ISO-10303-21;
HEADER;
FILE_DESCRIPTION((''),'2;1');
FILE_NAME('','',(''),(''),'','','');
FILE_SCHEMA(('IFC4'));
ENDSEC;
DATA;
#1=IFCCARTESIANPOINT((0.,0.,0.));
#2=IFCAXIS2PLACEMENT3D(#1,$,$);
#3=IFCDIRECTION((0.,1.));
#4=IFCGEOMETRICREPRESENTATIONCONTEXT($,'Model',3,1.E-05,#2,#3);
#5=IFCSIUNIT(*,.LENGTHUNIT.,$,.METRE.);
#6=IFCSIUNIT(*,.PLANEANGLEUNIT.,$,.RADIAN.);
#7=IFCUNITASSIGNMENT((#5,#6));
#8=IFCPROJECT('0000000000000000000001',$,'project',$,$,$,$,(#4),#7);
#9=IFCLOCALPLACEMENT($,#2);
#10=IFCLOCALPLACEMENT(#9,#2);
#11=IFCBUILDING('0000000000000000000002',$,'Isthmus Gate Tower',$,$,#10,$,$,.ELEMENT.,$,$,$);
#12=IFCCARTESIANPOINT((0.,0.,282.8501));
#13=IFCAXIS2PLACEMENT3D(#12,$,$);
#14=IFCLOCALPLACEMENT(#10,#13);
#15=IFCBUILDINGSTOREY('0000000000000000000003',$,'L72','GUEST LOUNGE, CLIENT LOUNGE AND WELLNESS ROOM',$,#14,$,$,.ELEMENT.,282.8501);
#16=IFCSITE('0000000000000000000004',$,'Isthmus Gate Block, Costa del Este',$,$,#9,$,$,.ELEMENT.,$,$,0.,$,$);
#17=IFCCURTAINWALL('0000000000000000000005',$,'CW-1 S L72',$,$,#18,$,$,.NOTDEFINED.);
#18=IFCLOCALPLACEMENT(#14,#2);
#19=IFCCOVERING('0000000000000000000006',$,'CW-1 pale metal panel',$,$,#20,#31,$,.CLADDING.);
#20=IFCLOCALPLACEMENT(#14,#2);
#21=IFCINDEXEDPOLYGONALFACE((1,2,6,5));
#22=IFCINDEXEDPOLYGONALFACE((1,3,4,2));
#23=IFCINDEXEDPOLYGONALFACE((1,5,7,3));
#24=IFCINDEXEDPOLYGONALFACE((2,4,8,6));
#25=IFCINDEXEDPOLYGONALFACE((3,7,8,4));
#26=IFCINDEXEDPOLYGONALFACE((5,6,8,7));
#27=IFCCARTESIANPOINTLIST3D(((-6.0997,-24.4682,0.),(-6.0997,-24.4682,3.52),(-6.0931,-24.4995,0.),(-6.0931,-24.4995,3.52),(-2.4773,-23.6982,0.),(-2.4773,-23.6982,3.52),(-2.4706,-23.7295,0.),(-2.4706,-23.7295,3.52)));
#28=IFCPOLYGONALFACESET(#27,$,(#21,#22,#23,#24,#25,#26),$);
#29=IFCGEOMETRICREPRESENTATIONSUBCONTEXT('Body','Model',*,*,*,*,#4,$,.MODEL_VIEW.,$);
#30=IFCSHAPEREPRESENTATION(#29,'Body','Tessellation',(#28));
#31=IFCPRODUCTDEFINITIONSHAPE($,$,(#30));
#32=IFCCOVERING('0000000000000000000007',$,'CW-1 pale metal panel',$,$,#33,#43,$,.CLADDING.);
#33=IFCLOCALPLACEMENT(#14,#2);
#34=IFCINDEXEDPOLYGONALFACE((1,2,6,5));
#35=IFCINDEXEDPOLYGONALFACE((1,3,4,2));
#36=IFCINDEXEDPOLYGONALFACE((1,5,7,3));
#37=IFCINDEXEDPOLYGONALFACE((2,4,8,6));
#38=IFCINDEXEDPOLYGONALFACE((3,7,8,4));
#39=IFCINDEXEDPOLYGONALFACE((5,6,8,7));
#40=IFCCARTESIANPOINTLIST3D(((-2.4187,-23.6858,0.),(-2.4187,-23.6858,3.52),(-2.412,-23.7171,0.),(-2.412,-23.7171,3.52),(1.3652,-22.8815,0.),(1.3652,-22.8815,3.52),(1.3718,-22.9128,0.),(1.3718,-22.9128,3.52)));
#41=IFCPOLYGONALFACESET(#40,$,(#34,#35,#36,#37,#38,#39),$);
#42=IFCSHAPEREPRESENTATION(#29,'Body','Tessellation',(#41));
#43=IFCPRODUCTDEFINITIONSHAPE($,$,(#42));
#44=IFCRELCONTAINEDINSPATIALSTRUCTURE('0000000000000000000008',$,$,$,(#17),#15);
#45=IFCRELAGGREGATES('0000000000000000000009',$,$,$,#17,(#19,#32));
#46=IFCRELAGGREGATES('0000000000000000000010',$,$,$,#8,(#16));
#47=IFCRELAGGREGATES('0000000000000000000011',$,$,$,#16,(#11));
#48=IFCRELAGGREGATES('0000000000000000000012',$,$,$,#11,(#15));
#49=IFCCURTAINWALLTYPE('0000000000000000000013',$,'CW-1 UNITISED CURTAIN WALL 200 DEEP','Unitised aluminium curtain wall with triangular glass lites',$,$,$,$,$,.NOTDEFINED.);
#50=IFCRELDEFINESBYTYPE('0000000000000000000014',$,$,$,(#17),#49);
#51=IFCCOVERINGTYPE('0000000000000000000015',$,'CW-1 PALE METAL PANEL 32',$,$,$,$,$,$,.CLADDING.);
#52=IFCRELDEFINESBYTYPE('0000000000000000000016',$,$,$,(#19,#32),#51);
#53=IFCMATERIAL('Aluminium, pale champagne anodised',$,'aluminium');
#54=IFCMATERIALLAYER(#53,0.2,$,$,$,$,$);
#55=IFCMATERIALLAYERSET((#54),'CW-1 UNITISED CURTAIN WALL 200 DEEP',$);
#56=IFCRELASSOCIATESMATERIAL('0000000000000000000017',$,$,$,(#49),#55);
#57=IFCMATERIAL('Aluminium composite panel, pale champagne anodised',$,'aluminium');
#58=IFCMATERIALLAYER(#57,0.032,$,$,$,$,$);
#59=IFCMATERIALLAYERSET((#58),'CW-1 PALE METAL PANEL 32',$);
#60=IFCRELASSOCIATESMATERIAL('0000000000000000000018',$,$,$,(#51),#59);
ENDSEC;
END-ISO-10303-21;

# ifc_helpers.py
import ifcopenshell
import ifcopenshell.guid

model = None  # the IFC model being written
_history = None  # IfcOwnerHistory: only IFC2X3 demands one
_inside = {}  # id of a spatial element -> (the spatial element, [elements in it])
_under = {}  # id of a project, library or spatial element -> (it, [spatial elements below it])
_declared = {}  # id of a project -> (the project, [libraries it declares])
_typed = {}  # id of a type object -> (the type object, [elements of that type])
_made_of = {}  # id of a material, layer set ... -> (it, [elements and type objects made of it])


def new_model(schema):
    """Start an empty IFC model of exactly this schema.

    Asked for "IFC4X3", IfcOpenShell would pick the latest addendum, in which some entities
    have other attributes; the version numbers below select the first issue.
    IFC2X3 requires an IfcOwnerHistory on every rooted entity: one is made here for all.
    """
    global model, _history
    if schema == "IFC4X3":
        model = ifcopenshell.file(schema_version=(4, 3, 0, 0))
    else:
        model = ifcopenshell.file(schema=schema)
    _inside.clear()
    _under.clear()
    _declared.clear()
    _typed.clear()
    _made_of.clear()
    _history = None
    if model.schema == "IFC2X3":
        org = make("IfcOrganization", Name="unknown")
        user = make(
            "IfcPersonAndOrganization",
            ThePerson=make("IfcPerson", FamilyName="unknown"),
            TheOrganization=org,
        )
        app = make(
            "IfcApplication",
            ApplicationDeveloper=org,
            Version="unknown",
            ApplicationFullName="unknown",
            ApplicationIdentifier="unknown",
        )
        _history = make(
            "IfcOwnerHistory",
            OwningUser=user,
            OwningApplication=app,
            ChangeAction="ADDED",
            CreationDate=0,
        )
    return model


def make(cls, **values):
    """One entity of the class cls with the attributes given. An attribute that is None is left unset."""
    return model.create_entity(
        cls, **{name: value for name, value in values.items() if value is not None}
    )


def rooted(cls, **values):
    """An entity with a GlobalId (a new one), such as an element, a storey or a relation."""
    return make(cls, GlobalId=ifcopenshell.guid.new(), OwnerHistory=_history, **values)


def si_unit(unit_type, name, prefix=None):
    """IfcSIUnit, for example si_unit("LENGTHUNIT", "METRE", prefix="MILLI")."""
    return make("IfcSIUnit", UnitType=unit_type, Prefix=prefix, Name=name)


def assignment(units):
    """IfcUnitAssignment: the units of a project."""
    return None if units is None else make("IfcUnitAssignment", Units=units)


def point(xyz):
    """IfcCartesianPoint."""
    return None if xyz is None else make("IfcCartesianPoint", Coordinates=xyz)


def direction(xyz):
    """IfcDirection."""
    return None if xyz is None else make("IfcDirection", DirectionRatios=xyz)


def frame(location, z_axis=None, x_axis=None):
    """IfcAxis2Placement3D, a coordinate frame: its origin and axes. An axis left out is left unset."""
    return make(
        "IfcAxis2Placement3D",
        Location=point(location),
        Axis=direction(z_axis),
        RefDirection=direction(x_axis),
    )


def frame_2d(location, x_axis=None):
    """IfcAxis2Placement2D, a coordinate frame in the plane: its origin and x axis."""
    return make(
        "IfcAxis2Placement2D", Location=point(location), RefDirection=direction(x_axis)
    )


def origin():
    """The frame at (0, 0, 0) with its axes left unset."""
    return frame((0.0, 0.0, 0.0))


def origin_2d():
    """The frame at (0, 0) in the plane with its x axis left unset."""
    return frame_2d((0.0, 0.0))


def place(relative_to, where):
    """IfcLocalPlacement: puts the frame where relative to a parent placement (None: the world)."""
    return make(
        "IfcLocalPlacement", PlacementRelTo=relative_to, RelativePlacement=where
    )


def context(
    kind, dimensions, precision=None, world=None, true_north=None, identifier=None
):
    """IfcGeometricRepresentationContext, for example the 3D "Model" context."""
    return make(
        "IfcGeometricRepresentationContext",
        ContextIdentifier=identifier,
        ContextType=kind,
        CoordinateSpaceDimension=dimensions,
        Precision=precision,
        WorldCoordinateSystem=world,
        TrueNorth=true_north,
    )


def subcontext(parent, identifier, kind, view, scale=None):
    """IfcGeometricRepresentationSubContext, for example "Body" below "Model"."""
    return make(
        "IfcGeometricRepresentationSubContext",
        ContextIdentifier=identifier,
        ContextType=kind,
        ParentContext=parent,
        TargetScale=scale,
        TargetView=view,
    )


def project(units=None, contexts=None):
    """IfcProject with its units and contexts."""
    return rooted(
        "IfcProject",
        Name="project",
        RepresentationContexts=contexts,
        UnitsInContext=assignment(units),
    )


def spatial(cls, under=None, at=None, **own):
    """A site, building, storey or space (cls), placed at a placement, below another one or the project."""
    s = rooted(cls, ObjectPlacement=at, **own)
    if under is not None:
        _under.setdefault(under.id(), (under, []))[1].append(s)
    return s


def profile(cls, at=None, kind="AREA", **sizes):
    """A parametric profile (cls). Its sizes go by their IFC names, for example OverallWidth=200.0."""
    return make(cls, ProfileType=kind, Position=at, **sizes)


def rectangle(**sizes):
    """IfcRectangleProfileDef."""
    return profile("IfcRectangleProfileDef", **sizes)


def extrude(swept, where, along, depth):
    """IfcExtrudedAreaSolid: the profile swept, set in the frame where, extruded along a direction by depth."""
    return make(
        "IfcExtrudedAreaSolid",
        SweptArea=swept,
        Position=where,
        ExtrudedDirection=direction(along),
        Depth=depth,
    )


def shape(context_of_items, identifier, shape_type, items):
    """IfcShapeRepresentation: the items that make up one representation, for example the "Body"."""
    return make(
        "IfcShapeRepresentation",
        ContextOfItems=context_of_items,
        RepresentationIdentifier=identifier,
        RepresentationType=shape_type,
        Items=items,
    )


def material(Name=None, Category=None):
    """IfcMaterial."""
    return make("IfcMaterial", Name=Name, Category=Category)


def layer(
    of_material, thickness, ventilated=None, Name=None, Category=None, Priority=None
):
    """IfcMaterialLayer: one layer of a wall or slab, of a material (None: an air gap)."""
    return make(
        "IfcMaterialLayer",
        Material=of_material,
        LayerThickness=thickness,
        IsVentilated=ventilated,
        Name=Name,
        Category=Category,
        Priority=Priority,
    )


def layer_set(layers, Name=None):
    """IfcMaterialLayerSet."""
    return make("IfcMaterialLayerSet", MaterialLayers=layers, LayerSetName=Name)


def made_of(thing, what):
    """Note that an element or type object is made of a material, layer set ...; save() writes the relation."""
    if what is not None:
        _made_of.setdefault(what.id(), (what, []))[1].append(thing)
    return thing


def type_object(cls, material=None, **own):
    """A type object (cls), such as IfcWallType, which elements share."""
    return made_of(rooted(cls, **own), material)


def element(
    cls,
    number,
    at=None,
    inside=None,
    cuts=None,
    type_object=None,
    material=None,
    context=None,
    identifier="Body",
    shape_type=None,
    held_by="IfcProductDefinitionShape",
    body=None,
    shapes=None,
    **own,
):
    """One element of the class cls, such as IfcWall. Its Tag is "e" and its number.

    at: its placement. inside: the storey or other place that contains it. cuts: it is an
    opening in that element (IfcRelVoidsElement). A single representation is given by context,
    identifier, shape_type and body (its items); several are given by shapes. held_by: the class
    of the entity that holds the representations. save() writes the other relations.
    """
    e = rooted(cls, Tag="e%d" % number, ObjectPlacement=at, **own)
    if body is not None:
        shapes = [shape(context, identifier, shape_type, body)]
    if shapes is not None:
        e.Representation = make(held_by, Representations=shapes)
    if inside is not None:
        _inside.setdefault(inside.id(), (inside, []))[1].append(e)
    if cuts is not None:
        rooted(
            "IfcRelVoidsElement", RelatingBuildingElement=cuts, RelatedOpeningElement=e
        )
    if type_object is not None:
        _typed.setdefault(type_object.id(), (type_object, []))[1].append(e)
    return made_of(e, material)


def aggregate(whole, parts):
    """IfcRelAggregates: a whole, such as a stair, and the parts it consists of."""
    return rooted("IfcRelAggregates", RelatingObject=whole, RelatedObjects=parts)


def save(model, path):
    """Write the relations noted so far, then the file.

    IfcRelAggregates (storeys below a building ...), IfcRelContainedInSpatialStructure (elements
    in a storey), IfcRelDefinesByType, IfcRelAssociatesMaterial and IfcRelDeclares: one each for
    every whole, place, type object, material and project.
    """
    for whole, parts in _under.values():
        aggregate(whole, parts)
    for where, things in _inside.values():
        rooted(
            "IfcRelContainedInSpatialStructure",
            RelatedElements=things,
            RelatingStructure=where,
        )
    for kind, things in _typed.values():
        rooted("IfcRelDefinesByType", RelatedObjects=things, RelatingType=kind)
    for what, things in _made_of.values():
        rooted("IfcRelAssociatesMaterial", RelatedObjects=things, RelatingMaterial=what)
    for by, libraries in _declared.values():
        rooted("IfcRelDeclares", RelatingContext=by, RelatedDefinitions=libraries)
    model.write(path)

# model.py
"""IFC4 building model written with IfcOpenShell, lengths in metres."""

from ifc_helpers import new_model, si_unit, direction, frame, origin, origin_2d, place, context, subcontext, project, spatial, rectangle, extrude, material, layer, layer_set, type_object, element, aggregate, save


model = new_model("IFC4")

# Units and contexts
model_context = context("Model", 3, precision=1e-05, world=origin(), true_north=direction((0.0, 1.0)))
body_context = subcontext(model_context, "Body", "Model", "MODEL_VIEW")
ifc_project = project(units=[si_unit("LENGTHUNIT", "METRE"), si_unit("PLANEANGLEUNIT", "RADIAN")], contexts=[model_context])

# Site, building, storey
site_placement = place(None, origin())
site = spatial("IfcSite", under=ifc_project, at=site_placement, Name="Isthmus Gate Block, Costa del Este", CompositionType="ELEMENT", RefElevation=0.0)
building_placement = place(site_placement, origin())
building = spatial("IfcBuilding", under=site, at=building_placement, Name="Isthmus Gate Tower", CompositionType="ELEMENT")
storey_placement = place(building_placement, frame((0.0, 0.0, 282.8501)))
storey = spatial("IfcBuildingStorey", under=building, at=storey_placement, Name="L72", Description="GUEST LOUNGE, CLIENT LOUNGE AND WELLNESS ROOM", CompositionType="ELEMENT", Elevation=282.8501)

# Shared definitions
ifc_material_1 = material(Name="Aluminium, pale champagne anodised", Category="aluminium")
ifc_layer_1 = layer(ifc_material_1, 0.2)
ifc_layer_set_1 = layer_set([ifc_layer_1], Name="CW-1 UNITISED CURTAIN WALL 200 DEEP")
curtain_wall_type = type_object("IfcCurtainWallType", Name="CW-1 UNITISED CURTAIN WALL 200 DEEP", Description="Unitised aluminium curtain wall with triangular glass lites", PredefinedType="NOTDEFINED", material=ifc_layer_set_1)

# Curtain wall
curtain_wall_1_placement = place(storey_placement, origin())
curtain_wall_1 = element("IfcCurtainWall", 1, at=curtain_wall_1_placement, inside=storey, type_object=curtain_wall_type, Name="CW-1 S L72", PredefinedType="NOTDEFINED")

# Coverings
ifc_material_2 = material(Name="Aluminium composite panel, pale champagne anodised", Category="aluminium")
ifc_layer_2 = layer(ifc_material_2, 0.032)
ifc_layer_set_2 = layer_set([ifc_layer_2], Name="CW-1 PALE METAL PANEL 32")
covering_type = type_object("IfcCoveringType", Name="CW-1 PALE METAL PANEL 32", PredefinedType="CLADDING", material=ifc_layer_set_2)
covering_1_placement = place(storey_placement, frame((-4.2852, -24.0989, 0.0), z_axis=(0.0, 0.0, 1.0), x_axis=(0.978148, 0.207912, 0.0)))
covering_1 = element("IfcCovering", 2, at=covering_1_placement, type_object=covering_type, Name="CW-1 pale metal panel", PredefinedType="CLADDING", context=body_context, shape_type="SweptSolid", body=[
    extrude(rectangle(XDim=3.7034, YDim=0.032, at=origin_2d()), origin(), (0.0, 0.0, 1.0), 3.52),
])
covering_2_placement = place(storey_placement, frame((-0.5234, -23.2993, 0.0), z_axis=(0.0, 0.0, 1.0), x_axis=(0.978148, 0.207912, 0.0)))
covering_2 = element("IfcCovering", 3, at=covering_2_placement, type_object=covering_type, Name="CW-1 pale metal panel", PredefinedType="CLADDING", context=body_context, shape_type="SweptSolid", body=[
    extrude(rectangle(XDim=3.8684, YDim=0.032, at=origin_2d()), origin(), (0.0, 0.0, 1.0), 3.52),
])
aggregate(curtain_wall_1, [covering_1, covering_2])

save(model, "model.ifc")
